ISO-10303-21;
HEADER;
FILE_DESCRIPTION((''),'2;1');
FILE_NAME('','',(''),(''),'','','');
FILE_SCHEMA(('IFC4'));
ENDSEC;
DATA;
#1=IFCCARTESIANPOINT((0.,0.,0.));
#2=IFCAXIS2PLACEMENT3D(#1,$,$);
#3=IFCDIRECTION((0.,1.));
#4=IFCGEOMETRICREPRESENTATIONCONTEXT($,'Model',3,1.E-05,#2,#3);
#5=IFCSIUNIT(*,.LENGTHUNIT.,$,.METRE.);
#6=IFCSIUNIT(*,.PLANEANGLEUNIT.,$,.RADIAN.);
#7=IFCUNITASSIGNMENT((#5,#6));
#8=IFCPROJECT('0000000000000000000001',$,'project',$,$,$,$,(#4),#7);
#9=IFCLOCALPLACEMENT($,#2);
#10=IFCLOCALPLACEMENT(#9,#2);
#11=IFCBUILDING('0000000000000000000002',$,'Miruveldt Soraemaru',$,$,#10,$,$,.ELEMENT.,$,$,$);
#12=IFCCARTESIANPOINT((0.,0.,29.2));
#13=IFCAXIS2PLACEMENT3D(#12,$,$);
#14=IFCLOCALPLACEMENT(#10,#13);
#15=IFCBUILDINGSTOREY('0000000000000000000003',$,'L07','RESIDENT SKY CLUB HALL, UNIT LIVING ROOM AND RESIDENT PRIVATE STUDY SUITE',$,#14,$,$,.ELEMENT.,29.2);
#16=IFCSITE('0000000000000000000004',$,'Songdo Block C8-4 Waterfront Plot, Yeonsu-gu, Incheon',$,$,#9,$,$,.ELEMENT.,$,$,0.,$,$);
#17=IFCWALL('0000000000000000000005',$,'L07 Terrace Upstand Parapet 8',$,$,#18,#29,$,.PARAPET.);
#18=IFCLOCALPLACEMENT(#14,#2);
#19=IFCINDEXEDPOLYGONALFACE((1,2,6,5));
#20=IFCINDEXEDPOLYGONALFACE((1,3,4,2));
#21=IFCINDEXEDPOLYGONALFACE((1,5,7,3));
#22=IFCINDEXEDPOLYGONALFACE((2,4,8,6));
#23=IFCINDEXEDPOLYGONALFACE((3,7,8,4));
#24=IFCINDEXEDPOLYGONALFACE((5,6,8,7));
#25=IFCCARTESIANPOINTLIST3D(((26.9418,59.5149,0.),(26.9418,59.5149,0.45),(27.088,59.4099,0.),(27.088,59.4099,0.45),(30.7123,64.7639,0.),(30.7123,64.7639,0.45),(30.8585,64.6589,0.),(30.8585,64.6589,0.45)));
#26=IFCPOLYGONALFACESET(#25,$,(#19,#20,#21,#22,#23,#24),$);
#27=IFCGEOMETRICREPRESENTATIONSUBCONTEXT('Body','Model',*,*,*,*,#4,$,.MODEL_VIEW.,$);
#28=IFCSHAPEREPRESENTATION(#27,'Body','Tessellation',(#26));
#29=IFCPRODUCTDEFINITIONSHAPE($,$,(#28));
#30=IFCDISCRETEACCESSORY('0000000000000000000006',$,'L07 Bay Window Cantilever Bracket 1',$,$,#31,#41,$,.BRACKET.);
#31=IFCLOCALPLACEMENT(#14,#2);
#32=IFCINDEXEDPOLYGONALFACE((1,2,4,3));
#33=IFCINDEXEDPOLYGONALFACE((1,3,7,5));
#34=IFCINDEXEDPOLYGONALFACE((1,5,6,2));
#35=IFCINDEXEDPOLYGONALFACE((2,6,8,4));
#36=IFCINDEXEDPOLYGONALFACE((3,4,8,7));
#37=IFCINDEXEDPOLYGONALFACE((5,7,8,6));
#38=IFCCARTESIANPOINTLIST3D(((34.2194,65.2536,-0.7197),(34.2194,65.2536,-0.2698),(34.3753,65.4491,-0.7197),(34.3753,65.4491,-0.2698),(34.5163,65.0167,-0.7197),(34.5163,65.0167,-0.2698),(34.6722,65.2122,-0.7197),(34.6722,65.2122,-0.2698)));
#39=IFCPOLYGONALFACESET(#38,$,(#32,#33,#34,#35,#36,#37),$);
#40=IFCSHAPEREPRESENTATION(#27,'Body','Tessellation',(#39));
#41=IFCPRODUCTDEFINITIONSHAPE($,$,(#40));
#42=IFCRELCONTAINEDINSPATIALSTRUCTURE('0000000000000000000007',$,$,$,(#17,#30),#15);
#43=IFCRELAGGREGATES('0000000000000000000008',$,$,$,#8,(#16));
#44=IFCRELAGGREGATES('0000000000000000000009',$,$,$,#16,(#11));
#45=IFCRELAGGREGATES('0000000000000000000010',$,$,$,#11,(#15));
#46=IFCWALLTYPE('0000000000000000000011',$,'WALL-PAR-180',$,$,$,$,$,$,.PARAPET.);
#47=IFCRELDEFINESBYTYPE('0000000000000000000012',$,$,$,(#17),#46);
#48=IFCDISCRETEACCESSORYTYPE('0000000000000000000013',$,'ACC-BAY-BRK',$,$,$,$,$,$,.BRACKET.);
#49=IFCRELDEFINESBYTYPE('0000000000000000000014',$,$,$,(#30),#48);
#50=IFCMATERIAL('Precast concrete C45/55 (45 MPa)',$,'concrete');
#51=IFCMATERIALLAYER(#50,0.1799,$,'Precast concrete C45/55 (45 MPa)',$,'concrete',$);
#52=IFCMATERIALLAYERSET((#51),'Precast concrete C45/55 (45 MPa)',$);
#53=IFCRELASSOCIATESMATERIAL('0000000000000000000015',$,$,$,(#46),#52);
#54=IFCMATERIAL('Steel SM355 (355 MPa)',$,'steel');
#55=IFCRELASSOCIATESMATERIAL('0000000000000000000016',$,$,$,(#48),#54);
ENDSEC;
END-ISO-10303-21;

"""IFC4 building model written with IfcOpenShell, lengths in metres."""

from ifc_helpers import new_model, si_unit, direction, frame, frame_2d, origin, origin_2d, place, context, subcontext, project, spatial, rectangle, extrude, material, layer, layer_set, type_object, element, save


model = new_model("IFC4")

# Units and contexts
model_context = context("Model", 3, precision=1e-05, world=origin(), true_north=direction((0.0, 1.0)))
body_context = subcontext(model_context, "Body", "Model", "MODEL_VIEW")
ifc_project = project(units=[si_unit("LENGTHUNIT", "METRE"), si_unit("PLANEANGLEUNIT", "RADIAN")], contexts=[model_context])

# Site, building, storey
site_placement = place(None, origin())
site = spatial("IfcSite", under=ifc_project, at=site_placement, Name="Songdo Block C8-4 Waterfront Plot, Yeonsu-gu, Incheon", CompositionType="ELEMENT", RefElevation=0.0)
building_placement = place(site_placement, origin())
building = spatial("IfcBuilding", under=site, at=building_placement, Name="Miruveldt Soraemaru", CompositionType="ELEMENT")
storey_placement = place(building_placement, frame((0.0, 0.0, 29.2)))
storey = spatial("IfcBuildingStorey", under=building, at=storey_placement, Name="L07", Description="RESIDENT SKY CLUB HALL, UNIT LIVING ROOM AND RESIDENT PRIVATE STUDY SUITE", CompositionType="ELEMENT", Elevation=29.2)

# Shared definitions
ifc_material_1 = material(Name="Precast concrete C45/55 (45 MPa)", Category="concrete")

# Wall
ifc_layer_1 = layer(ifc_material_1, 0.1799, Name="Precast concrete C45/55 (45 MPa)", Category="concrete")
ifc_layer_set_1 = layer_set([ifc_layer_1], Name="Precast concrete C45/55 (45 MPa)")
wall_type_1 = type_object("IfcWallType", Name="WALL-PAR-180", PredefinedType="PARAPET", material=ifc_layer_set_1)
wall_1_placement = place(storey_placement, frame((30.7854, 64.7114, 0.0), z_axis=(0.0, 0.0, 1.0), x_axis=(-0.583409, -0.812179, 0.0)))
element("IfcWall", 1, at=wall_1_placement, inside=storey, type_object=wall_type_1, Name="L07 Terrace Upstand Parapet 8", PredefinedType="PARAPET", context=body_context, shape_type="SweptSolid", body=[
    extrude(rectangle(XDim=6.4629, YDim=0.1799, at=frame_2d((3.2314, 0.0))), origin(), (0.0, 0.0, 1.0), 0.45),
])

# Discrete accessory
ifc_material_2 = material(Name="Steel SM355 (355 MPa)", Category="steel")
discrete_accessory_type = type_object("IfcDiscreteAccessoryType", Name="ACC-BAY-BRK", PredefinedType="BRACKET", material=ifc_material_2)
discrete_accessory_placement = place(storey_placement, frame((34.4458, 65.2329, -0.7197), z_axis=(0.0, 0.0, 1.0), x_axis=(-0.781727, 0.62362, 0.0)))
element("IfcDiscreteAccessory", 2, at=discrete_accessory_placement, inside=storey, type_object=discrete_accessory_type, Name="L07 Bay Window Cantilever Bracket 1", PredefinedType="BRACKET", context=body_context, shape_type="SweptSolid", body=[
    extrude(rectangle(XDim=0.3799, YDim=0.25, at=origin_2d()), origin(), (0.0, 0.0, 1.0), 0.45),
])

save(model, "model.ifc")
